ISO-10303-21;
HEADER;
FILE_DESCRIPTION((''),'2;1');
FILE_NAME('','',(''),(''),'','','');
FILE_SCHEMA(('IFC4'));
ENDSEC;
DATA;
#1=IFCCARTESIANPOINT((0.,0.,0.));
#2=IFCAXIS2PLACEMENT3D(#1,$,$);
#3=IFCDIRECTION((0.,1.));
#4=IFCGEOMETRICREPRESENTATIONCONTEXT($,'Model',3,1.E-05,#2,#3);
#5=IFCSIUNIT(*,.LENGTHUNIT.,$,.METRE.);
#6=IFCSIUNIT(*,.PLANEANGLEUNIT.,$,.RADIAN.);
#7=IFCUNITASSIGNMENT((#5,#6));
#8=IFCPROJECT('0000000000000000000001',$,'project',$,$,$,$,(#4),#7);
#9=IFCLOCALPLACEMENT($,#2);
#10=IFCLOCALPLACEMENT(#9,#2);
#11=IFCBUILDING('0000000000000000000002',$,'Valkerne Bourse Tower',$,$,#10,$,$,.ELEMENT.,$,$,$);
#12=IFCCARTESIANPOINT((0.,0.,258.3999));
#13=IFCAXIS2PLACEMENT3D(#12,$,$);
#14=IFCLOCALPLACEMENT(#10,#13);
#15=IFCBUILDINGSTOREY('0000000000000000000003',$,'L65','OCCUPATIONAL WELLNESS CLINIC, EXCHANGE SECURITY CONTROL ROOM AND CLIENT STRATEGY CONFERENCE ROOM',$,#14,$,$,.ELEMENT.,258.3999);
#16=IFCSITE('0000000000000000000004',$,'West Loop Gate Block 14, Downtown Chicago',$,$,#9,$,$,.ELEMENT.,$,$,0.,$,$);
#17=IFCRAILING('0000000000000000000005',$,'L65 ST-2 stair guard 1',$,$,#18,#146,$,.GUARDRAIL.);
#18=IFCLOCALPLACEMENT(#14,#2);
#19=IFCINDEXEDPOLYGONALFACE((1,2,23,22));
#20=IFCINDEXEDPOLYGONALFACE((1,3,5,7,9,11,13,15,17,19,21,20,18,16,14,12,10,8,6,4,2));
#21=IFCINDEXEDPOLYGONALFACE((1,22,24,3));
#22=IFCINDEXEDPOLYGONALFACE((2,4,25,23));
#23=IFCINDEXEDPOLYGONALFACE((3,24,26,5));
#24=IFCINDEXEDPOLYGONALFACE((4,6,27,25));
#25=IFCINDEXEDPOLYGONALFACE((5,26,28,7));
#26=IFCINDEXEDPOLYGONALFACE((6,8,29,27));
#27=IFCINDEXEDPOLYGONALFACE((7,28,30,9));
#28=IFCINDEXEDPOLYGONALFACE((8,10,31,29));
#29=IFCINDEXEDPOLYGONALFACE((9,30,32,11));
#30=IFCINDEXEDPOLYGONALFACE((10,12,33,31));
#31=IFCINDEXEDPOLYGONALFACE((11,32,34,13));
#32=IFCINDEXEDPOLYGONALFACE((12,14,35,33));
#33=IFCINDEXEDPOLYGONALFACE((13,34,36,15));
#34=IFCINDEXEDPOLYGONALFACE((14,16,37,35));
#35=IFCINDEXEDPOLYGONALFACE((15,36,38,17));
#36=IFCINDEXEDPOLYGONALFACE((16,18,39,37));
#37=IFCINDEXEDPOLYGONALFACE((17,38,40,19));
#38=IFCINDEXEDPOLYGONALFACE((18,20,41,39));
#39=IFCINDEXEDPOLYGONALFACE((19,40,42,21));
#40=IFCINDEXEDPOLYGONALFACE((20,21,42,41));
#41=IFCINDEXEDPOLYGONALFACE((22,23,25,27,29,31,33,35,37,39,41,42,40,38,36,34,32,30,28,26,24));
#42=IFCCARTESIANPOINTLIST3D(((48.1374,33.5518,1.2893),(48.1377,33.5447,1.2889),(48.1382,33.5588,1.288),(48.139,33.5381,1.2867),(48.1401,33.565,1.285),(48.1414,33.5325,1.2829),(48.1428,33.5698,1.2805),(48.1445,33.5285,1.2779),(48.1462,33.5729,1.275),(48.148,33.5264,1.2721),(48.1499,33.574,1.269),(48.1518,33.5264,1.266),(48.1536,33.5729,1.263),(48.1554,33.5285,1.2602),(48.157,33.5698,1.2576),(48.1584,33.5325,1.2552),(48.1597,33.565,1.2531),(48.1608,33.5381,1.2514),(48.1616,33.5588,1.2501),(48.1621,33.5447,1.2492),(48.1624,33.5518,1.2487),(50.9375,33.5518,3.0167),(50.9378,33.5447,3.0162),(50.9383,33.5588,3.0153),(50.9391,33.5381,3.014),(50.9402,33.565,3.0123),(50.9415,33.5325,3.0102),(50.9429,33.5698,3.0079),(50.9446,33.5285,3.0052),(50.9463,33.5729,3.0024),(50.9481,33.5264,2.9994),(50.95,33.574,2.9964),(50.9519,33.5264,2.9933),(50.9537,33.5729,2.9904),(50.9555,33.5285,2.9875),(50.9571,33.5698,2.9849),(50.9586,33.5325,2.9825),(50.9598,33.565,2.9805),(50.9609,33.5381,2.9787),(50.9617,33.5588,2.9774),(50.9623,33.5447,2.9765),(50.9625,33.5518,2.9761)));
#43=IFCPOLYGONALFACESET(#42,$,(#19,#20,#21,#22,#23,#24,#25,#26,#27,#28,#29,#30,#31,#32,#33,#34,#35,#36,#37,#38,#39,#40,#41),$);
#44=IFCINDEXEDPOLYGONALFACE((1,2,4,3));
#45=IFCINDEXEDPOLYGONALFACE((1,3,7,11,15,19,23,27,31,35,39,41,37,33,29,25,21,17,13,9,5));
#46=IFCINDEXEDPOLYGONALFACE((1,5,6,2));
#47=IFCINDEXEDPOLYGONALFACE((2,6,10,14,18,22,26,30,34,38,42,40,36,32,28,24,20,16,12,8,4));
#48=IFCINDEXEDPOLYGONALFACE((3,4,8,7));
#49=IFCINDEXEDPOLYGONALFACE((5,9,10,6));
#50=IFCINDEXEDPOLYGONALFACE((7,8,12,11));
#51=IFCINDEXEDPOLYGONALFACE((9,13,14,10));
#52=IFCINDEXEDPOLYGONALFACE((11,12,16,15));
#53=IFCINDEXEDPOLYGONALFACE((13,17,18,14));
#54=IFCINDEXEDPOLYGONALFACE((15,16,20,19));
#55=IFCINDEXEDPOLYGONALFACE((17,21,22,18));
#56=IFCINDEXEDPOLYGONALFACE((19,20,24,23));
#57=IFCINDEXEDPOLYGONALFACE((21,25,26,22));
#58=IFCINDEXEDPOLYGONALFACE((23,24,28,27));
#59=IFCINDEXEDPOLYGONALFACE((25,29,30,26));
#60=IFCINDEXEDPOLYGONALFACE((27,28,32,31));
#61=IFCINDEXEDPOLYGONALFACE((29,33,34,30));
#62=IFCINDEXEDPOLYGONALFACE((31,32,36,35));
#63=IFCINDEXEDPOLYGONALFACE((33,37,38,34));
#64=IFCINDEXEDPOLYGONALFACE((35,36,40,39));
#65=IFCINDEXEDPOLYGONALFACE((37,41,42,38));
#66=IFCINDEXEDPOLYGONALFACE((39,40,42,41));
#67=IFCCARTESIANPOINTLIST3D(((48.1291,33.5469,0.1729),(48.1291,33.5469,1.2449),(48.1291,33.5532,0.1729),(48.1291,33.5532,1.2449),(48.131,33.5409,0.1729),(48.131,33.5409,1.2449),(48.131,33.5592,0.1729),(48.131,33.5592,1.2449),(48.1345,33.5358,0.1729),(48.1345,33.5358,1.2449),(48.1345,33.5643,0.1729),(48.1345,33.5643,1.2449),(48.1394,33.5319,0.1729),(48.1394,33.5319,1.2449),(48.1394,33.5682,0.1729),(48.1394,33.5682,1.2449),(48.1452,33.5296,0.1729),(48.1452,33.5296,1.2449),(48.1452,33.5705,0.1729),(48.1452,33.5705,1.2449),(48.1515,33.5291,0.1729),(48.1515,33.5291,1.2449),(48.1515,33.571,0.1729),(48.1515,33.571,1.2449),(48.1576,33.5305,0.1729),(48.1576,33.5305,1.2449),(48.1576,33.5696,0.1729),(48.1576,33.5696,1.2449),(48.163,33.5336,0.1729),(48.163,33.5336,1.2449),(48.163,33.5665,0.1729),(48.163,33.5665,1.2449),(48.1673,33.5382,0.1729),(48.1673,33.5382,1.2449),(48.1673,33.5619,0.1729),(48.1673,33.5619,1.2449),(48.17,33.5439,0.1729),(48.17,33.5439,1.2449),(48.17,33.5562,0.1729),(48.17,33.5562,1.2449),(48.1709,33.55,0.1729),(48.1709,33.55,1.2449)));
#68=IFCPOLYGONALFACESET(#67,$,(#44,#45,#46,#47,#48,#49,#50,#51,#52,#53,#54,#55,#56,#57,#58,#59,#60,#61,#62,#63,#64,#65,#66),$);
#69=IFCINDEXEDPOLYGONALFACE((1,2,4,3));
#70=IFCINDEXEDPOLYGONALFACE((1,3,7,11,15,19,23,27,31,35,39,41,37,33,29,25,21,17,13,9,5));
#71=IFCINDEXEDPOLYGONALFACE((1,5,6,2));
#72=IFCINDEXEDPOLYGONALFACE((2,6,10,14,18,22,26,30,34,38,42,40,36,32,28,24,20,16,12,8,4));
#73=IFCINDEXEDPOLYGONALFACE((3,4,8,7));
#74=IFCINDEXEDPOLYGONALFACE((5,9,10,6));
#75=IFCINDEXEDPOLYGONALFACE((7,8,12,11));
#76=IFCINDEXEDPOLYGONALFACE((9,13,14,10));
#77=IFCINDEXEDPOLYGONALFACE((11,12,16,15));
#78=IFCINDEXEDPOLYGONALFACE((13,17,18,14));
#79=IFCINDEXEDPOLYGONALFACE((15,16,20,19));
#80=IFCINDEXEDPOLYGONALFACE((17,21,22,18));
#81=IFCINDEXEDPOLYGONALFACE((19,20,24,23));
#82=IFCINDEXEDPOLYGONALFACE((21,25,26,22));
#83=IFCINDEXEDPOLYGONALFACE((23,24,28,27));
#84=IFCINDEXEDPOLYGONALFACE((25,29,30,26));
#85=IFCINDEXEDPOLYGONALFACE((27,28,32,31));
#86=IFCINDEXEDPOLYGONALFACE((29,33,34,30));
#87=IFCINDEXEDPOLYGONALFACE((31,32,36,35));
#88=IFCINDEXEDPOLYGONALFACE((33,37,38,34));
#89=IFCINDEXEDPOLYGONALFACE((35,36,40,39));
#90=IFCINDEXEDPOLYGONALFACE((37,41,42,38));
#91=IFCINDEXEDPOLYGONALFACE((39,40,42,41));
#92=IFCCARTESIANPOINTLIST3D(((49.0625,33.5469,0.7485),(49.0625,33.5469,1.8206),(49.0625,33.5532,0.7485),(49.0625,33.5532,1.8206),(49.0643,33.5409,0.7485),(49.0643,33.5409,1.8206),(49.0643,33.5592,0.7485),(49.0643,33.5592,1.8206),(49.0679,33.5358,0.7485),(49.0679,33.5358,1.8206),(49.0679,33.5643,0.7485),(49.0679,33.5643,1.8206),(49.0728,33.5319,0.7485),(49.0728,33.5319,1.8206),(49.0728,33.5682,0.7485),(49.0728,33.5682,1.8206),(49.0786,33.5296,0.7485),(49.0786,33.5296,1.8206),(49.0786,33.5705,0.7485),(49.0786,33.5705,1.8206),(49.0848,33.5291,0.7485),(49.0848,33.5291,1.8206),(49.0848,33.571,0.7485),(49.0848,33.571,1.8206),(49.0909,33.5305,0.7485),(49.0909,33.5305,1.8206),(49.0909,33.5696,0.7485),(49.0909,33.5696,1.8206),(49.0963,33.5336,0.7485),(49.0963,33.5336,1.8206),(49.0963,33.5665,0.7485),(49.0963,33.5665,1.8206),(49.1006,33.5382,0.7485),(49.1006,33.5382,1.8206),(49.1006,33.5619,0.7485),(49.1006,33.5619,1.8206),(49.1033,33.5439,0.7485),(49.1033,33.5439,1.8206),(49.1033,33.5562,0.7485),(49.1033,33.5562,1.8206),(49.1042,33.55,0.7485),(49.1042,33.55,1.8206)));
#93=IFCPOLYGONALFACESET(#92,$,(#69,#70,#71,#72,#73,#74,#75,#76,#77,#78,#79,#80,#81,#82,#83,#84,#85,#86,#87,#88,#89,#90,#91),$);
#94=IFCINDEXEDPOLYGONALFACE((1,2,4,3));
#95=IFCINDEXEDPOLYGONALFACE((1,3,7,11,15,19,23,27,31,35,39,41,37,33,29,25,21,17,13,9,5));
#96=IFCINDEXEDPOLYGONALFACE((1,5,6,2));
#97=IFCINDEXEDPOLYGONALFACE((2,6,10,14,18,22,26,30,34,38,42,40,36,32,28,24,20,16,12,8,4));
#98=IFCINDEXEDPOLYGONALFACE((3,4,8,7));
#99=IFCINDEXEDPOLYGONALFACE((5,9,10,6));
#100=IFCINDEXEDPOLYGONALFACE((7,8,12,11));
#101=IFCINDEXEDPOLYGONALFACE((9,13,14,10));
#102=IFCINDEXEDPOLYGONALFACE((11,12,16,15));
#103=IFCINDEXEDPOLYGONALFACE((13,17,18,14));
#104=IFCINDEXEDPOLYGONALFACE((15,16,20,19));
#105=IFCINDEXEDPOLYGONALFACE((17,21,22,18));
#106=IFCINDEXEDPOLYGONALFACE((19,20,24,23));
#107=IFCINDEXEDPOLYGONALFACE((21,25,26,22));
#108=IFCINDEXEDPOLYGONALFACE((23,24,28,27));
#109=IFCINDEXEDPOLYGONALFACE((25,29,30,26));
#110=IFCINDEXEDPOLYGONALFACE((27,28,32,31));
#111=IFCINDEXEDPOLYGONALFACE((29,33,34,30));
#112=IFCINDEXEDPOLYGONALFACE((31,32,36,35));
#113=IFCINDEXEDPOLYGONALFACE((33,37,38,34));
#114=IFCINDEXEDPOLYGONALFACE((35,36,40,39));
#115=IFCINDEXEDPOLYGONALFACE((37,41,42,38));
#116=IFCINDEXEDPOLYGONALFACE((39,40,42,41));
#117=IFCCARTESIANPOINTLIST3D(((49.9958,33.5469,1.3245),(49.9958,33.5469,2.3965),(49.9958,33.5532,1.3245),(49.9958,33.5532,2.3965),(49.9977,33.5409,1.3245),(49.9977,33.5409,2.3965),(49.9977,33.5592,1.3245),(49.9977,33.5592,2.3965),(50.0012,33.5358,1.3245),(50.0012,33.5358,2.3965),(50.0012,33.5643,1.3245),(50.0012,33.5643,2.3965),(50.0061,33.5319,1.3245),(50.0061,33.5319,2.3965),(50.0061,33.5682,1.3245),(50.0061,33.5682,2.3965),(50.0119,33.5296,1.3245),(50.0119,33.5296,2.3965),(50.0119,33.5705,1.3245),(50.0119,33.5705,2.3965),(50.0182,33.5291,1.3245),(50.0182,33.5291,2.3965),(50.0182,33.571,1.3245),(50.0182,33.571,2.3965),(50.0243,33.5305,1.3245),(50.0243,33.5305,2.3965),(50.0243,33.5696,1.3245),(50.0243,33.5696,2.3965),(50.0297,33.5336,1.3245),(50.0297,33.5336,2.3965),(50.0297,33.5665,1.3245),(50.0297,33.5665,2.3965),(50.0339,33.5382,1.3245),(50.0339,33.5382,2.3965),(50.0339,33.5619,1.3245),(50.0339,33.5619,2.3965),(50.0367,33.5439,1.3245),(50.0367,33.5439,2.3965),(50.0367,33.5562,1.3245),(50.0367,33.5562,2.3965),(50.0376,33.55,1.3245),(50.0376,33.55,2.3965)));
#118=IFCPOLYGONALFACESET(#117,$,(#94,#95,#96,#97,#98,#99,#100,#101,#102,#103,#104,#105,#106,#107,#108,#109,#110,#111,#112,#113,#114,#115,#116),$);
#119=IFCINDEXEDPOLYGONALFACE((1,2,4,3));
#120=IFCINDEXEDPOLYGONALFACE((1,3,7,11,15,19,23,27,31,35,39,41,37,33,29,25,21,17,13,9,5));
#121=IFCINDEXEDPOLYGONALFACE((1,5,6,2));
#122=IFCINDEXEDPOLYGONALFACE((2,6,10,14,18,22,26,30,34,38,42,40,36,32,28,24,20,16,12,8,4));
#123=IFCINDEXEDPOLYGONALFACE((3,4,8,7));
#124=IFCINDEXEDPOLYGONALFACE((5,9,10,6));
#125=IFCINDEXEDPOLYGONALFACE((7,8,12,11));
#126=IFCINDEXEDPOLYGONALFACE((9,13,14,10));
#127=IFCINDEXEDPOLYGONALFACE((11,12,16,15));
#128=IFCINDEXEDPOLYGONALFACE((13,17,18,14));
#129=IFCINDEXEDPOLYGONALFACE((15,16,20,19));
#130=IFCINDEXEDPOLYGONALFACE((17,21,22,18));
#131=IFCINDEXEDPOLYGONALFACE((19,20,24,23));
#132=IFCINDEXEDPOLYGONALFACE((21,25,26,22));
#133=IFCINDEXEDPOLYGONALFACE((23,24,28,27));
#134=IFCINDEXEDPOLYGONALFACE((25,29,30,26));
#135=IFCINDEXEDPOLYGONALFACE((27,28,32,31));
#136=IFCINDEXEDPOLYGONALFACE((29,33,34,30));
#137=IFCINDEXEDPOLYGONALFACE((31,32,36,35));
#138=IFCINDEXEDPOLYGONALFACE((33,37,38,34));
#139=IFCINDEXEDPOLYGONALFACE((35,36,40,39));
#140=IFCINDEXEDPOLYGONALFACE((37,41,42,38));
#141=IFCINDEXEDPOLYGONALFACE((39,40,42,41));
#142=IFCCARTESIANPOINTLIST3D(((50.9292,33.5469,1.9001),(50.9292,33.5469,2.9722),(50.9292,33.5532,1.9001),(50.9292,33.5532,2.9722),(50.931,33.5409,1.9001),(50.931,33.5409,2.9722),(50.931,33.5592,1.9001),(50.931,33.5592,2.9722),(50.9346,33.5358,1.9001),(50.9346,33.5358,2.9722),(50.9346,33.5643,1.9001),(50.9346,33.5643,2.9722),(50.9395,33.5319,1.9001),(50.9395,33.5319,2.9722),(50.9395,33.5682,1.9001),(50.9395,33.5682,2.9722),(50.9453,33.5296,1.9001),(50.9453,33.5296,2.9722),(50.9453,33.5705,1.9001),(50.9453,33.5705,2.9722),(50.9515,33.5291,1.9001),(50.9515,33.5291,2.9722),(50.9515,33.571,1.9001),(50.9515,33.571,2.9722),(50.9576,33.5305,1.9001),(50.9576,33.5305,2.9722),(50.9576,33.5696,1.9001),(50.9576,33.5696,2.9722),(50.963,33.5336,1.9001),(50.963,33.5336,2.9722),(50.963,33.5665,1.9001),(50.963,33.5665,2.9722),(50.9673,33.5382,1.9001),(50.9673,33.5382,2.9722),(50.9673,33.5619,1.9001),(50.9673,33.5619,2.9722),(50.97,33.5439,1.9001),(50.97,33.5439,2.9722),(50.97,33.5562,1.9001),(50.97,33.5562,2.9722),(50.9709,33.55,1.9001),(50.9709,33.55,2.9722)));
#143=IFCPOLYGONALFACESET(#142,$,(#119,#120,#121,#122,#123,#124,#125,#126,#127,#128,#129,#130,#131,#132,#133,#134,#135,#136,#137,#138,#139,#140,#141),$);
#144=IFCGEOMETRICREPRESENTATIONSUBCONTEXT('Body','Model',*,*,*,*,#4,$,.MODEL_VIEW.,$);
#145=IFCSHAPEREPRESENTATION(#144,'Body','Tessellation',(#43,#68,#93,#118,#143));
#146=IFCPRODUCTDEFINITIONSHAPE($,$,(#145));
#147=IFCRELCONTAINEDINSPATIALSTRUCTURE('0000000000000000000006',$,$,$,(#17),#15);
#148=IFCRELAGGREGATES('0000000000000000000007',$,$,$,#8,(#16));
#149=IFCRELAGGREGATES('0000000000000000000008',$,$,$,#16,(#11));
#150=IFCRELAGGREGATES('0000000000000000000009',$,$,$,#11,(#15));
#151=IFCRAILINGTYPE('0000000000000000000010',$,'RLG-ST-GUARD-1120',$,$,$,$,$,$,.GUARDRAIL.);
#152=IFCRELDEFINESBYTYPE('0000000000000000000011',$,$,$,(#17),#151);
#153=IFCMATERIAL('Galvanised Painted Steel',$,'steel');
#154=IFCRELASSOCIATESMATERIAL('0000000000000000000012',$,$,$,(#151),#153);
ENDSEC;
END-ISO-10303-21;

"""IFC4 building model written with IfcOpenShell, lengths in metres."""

from ifc_helpers import new_model, si_unit, direction, frame, origin, origin_2d, place, context, subcontext, project, spatial, circle, extrude, material, type_object, element, save


model = new_model("IFC4")

# Units and contexts
model_context = context("Model", 3, precision=1e-05, world=origin(), true_north=direction((0.0, 1.0)))
body_context = subcontext(model_context, "Body", "Model", "MODEL_VIEW")
ifc_project = project(units=[si_unit("LENGTHUNIT", "METRE"), si_unit("PLANEANGLEUNIT", "RADIAN")], contexts=[model_context])

# Site, building, storey
site_placement = place(None, origin())
site = spatial("IfcSite", under=ifc_project, at=site_placement, Name="West Loop Gate Block 14, Downtown Chicago", CompositionType="ELEMENT", RefElevation=0.0)
building_placement = place(site_placement, origin())
building = spatial("IfcBuilding", under=site, at=building_placement, Name="Valkerne Bourse Tower", CompositionType="ELEMENT")
storey_placement = place(building_placement, frame((0.0, 0.0, 258.3999)))
storey = spatial("IfcBuildingStorey", under=building, at=storey_placement, Name="L65", Description="OCCUPATIONAL WELLNESS CLINIC, EXCHANGE SECURITY CONTROL ROOM AND CLIENT STRATEGY CONFERENCE ROOM", CompositionType="ELEMENT", Elevation=258.3999)

# Shared definitions
ifc_material_1 = material(Name="Galvanised Painted Steel", Category="steel")

# Railing
railing_type_1 = type_object("IfcRailingType", Name="RLG-ST-GUARD-1120", PredefinedType="GUARDRAIL", material=ifc_material_1)
railing_1_placement = place(storey_placement, frame((48.1499, 33.55, 0.1729)))
element("IfcRailing", 1, at=railing_1_placement, inside=storey, type_object=railing_type_1, Name="L65 ST-2 stair guard 1", PredefinedType="GUARDRAIL", context=body_context, shape_type="SweptSolid", body=[
    extrude(circle(Radius=0.0239, at=origin_2d()), frame((0.0, 0.0, 1.0962), z_axis=(0.85109, 0.0, 0.52502), x_axis=(0.0, 1.0, 0.0)), (0.0, 0.0, 1.0), 3.29),
    extrude(circle(Radius=0.021, at=origin_2d()), origin(), (0.0, 0.0, 1.0), 1.072),
    extrude(circle(Radius=0.021, at=origin_2d()), frame((0.9333, 0.0, 0.5757)), (0.0, 0.0, 1.0), 1.072),
    extrude(circle(Radius=0.021, at=origin_2d()), frame((1.8667, 0.0, 1.1516)), (0.0, 0.0, 1.0), 1.072),
    extrude(circle(Radius=0.021, at=origin_2d()), frame((2.8, 0.0, 1.7273)), (0.0, 0.0, 1.0), 1.072),
])

save(model, "model.ifc")
